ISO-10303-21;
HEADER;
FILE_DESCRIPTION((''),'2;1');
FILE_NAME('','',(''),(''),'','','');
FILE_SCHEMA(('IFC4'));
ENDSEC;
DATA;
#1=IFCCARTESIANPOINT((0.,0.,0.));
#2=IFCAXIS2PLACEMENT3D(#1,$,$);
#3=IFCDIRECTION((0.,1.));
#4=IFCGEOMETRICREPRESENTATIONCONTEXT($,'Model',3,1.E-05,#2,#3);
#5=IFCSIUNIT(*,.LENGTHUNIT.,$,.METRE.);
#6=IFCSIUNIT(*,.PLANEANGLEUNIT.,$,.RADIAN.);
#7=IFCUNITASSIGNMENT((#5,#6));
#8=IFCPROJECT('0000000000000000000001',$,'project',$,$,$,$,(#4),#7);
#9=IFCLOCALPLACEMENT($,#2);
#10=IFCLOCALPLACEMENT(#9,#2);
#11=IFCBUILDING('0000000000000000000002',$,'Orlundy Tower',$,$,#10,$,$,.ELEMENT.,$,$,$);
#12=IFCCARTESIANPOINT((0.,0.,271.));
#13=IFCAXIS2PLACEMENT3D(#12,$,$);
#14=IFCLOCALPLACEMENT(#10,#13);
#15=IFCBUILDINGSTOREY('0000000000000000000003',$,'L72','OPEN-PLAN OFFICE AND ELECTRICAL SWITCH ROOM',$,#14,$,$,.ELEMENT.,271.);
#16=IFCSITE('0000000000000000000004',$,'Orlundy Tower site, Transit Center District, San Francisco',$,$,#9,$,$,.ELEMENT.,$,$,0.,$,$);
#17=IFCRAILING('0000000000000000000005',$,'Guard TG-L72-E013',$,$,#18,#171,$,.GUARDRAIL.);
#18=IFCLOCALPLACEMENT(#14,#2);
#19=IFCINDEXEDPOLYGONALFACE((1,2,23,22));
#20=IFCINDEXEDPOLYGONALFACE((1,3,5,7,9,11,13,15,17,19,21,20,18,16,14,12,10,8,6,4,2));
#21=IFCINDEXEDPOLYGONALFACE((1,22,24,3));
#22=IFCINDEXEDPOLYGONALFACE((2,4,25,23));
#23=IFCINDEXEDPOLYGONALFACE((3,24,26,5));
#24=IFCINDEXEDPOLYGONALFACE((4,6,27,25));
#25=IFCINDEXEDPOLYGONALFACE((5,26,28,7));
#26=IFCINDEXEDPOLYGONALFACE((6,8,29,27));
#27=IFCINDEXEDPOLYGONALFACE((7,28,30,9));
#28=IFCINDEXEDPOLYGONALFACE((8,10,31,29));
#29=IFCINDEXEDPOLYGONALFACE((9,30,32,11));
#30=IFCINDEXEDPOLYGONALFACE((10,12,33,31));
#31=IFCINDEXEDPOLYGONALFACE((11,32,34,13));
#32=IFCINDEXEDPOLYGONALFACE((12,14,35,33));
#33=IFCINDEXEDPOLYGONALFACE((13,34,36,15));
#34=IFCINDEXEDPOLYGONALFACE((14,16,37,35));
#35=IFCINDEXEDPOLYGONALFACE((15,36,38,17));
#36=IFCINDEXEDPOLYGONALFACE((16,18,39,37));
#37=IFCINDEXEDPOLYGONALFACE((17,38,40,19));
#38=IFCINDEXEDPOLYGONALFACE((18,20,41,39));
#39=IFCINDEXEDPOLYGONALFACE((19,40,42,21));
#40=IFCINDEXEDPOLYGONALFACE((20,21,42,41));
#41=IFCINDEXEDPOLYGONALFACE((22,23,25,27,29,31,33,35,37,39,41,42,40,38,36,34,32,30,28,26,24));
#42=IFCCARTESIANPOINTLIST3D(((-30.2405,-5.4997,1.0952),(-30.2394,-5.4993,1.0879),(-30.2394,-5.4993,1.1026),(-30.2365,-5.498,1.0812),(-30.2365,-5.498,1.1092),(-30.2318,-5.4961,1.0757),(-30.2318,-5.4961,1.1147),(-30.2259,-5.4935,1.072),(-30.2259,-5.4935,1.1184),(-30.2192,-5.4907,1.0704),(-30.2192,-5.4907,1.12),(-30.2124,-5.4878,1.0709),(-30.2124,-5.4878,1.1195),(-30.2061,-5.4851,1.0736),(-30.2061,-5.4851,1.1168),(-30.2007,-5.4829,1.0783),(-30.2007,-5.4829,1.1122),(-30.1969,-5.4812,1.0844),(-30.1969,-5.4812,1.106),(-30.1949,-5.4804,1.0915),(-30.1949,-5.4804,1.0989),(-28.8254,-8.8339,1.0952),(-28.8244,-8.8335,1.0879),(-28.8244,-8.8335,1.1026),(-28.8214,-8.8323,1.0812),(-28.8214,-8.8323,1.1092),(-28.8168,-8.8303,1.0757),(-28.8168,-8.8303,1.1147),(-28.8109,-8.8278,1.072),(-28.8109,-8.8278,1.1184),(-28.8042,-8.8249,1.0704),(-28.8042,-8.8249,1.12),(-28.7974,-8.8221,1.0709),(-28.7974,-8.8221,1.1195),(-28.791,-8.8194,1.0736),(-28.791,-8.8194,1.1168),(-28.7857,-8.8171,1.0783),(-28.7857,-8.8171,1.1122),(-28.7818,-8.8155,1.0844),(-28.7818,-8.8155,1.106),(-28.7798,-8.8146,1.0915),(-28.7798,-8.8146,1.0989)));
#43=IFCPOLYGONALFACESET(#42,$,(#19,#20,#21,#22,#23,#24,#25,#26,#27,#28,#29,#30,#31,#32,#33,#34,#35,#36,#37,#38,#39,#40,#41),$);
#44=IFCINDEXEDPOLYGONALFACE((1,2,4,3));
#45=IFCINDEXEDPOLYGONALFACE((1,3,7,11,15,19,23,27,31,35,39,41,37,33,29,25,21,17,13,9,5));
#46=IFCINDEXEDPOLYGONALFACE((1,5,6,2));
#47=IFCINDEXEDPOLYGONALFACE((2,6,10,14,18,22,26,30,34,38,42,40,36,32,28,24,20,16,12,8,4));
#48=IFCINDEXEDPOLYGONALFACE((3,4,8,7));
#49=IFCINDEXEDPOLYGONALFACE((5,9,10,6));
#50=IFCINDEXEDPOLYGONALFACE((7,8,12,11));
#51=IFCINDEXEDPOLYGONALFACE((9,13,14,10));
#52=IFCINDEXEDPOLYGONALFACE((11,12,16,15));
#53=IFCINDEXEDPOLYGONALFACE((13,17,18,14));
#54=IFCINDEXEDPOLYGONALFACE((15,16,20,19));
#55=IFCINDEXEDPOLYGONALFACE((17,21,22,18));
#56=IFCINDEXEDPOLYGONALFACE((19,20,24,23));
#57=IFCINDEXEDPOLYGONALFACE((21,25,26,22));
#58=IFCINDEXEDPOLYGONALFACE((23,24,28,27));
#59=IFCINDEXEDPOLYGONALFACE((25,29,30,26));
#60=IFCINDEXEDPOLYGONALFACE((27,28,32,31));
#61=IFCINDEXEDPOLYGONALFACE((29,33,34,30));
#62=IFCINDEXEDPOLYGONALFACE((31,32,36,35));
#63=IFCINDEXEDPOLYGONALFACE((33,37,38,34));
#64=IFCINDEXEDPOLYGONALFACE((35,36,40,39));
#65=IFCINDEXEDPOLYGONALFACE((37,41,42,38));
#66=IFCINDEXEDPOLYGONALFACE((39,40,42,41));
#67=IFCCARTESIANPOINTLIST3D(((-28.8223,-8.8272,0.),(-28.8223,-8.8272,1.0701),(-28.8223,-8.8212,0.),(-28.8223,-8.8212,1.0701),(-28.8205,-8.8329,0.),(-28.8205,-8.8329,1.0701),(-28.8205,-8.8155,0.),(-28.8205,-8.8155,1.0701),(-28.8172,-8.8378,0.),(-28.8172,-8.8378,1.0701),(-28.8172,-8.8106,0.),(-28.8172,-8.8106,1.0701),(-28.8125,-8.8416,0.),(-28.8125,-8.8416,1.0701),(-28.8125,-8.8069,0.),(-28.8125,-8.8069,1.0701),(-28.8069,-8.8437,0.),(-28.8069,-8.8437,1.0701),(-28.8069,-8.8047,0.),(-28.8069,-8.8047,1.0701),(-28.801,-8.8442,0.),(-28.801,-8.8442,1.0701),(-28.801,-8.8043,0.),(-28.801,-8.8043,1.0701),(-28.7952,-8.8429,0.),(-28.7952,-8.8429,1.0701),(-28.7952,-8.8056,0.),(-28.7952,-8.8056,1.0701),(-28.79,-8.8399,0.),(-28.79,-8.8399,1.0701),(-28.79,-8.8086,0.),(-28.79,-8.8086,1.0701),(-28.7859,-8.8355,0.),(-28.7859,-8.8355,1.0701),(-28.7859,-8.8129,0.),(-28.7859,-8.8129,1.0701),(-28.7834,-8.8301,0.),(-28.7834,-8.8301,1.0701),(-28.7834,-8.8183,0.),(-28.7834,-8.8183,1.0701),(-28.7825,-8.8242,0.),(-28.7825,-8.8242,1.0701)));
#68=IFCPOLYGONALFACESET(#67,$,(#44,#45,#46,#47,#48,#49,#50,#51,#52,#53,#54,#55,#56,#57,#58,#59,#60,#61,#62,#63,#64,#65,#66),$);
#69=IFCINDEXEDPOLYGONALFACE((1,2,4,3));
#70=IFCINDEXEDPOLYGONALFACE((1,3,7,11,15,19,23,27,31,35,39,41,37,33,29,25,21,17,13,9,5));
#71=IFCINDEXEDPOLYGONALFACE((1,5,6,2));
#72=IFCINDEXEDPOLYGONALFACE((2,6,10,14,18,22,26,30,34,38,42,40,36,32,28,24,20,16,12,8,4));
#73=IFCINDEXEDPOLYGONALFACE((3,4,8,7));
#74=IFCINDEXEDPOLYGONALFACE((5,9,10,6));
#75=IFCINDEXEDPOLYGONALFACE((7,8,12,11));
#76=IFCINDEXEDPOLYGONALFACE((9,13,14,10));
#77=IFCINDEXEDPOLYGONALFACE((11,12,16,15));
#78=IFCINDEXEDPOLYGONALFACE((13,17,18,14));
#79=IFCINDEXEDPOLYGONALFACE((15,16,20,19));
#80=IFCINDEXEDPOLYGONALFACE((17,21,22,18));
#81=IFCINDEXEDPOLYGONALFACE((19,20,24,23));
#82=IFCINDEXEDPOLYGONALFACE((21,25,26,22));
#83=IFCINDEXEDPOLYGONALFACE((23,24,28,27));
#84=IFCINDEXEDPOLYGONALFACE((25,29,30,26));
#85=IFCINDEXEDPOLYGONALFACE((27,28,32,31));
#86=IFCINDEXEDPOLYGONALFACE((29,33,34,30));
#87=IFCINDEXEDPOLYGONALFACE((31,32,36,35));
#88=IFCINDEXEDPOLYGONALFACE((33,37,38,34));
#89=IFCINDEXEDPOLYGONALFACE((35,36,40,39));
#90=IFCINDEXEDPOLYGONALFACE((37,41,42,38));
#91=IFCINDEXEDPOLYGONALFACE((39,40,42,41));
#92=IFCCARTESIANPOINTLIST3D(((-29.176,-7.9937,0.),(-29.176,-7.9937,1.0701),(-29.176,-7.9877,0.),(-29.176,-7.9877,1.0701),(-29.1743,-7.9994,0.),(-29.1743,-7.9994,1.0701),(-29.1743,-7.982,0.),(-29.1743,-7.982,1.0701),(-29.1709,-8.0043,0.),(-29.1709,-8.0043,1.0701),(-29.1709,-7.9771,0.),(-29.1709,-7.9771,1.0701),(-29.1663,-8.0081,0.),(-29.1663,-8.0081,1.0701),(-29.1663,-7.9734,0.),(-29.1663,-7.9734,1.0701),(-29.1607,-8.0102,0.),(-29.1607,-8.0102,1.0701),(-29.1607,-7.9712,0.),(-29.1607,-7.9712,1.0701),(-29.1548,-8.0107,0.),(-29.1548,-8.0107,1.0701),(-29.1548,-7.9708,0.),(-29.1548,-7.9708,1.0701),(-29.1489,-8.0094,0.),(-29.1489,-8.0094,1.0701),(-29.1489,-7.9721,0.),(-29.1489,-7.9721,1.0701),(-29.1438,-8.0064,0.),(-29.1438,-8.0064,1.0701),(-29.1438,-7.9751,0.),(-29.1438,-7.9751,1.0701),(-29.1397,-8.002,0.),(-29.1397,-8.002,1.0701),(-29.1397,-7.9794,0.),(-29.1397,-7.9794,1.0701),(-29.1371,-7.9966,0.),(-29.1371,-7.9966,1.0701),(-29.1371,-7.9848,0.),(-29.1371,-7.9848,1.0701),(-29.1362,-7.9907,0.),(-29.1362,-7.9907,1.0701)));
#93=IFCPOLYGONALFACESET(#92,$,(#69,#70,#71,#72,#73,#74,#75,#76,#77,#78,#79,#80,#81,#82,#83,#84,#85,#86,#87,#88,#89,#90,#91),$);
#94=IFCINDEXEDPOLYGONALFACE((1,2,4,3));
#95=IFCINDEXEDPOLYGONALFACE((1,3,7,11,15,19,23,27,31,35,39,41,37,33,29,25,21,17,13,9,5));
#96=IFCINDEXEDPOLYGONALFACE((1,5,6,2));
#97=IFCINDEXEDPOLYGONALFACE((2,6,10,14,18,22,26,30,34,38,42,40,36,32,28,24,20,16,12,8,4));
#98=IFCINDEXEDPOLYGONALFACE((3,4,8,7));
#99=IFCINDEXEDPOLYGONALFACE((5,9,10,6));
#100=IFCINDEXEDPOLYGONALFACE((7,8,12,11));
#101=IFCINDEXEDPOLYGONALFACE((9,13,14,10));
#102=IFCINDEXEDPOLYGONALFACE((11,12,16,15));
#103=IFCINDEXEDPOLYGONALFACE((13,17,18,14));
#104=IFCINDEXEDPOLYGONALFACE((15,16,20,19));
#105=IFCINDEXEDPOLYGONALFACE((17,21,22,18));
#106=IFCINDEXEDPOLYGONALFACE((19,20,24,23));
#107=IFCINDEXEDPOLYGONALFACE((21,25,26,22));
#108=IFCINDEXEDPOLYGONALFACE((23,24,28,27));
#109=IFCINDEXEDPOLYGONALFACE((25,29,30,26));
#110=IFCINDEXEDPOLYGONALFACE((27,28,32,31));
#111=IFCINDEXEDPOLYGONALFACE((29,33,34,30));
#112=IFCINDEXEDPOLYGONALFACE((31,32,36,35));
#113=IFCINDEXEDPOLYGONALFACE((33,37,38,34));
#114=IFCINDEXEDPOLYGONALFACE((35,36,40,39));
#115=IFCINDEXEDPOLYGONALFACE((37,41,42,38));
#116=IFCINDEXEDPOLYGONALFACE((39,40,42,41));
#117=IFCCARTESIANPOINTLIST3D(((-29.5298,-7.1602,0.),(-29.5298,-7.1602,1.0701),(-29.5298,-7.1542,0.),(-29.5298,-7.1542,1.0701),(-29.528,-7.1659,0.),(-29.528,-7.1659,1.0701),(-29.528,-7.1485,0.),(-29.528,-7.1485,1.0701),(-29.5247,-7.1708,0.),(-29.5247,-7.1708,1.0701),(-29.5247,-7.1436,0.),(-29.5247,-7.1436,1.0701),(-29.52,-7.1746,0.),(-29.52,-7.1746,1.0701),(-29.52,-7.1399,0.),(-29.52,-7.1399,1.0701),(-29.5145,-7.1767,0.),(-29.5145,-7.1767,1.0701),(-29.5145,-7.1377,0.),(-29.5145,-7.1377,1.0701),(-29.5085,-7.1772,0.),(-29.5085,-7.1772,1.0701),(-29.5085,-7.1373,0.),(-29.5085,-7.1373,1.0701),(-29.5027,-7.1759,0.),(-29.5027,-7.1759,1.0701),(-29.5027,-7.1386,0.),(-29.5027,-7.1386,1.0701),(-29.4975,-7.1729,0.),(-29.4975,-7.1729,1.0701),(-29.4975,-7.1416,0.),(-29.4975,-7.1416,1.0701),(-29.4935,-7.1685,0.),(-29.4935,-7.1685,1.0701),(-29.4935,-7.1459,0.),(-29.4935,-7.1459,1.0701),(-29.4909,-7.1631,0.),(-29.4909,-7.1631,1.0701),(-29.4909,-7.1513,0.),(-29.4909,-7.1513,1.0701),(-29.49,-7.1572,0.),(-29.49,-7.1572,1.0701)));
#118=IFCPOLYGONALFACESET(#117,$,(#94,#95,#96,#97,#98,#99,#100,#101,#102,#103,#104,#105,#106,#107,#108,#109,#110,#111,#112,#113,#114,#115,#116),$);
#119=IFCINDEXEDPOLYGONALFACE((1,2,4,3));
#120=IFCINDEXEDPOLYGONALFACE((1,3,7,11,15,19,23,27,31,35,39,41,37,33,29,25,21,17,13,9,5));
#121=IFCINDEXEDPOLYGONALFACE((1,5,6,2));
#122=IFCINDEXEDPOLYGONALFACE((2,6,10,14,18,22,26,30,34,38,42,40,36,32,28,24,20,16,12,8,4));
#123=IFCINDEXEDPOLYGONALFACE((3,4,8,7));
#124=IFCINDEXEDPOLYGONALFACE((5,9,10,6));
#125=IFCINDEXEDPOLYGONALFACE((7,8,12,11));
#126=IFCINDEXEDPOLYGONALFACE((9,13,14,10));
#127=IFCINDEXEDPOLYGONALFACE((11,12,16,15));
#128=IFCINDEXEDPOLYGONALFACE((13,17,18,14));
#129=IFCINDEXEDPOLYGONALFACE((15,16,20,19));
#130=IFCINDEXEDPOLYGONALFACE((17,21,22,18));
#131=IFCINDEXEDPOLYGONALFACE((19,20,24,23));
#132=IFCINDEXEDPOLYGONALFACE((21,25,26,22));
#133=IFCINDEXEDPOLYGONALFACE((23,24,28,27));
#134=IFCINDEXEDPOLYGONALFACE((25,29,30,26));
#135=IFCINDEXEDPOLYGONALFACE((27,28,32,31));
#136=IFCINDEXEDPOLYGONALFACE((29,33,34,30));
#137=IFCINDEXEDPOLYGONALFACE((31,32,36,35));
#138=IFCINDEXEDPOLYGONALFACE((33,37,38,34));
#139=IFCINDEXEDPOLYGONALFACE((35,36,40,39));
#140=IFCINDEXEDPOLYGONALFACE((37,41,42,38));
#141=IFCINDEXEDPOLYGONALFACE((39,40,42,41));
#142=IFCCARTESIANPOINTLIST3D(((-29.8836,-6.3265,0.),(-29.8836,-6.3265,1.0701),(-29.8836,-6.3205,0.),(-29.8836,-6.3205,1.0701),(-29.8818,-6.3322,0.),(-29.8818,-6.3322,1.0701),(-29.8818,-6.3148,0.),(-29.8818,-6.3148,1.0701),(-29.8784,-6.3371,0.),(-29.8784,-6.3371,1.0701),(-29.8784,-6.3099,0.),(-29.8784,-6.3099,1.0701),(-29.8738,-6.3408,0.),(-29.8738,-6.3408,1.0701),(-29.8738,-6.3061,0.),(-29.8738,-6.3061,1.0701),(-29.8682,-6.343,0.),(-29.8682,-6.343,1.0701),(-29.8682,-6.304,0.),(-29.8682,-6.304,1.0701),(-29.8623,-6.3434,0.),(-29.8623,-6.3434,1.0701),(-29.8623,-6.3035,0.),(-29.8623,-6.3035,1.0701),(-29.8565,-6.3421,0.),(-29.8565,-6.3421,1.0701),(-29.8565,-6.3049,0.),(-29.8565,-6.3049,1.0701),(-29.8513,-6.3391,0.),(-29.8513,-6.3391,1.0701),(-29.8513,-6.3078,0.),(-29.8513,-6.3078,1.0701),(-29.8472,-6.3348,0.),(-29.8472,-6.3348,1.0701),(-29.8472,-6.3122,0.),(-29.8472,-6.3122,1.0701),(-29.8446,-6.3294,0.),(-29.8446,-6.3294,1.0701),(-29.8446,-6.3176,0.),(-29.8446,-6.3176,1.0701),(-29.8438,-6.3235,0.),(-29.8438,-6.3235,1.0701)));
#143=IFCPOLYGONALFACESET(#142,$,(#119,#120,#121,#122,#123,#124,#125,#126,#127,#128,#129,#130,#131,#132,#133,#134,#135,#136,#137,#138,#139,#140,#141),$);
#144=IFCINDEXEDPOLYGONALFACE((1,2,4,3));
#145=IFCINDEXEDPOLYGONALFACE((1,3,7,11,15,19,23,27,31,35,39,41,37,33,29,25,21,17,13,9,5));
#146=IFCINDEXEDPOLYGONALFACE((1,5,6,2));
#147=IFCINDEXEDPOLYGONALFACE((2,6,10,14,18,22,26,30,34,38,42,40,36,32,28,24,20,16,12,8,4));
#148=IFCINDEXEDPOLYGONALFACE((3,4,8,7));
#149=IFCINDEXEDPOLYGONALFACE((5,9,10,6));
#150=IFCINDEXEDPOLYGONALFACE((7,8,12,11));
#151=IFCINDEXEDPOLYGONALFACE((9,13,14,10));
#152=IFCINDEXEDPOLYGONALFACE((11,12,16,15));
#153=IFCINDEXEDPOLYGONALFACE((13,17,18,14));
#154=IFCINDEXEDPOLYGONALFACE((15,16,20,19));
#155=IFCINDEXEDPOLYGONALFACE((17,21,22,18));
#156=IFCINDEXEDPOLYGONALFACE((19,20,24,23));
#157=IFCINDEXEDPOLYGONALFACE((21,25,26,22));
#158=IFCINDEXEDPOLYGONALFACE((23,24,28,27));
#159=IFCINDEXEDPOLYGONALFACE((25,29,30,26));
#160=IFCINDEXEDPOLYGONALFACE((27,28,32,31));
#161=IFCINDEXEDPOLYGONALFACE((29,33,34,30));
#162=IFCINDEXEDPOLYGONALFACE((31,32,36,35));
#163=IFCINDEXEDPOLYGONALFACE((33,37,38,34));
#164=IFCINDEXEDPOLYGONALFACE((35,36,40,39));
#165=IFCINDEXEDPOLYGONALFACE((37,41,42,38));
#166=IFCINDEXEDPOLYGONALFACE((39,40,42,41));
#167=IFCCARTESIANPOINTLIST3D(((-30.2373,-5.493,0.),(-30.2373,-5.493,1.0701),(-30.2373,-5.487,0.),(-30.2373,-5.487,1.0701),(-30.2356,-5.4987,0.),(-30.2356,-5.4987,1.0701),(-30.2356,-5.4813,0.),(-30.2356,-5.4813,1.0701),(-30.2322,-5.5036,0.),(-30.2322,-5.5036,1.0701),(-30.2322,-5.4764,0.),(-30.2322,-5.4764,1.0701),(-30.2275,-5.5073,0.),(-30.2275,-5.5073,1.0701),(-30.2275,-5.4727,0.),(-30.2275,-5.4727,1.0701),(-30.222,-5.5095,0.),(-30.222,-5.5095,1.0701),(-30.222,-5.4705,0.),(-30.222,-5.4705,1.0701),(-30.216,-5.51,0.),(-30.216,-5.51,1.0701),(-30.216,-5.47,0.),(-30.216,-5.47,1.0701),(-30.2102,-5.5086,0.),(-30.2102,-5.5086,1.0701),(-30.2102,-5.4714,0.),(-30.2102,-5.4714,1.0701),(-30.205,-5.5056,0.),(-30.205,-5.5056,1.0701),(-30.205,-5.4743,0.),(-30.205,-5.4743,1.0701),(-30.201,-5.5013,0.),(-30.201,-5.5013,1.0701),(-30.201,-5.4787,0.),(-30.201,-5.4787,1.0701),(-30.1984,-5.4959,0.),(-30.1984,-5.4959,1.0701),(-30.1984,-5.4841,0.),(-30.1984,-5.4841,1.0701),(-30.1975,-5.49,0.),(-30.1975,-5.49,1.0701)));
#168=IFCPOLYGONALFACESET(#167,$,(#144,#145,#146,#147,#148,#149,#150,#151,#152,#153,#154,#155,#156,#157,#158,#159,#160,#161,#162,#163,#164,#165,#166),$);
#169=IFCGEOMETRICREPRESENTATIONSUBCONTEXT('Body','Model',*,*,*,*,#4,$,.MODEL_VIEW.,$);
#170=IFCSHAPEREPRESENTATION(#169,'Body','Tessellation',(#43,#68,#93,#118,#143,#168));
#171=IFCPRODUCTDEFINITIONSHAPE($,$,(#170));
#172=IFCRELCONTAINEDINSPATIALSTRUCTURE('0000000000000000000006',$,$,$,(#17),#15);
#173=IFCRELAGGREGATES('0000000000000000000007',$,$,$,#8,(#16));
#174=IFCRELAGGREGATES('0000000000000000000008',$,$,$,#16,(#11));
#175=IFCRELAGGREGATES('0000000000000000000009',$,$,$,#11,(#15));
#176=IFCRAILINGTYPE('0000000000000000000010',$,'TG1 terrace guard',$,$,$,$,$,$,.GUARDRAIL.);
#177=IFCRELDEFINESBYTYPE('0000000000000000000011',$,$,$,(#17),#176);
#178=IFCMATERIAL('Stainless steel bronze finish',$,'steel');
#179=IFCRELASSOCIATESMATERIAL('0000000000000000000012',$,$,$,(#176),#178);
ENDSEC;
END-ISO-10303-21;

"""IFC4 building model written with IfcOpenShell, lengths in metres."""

from ifc_helpers import new_model, si_unit, direction, frame, origin, origin_2d, place, context, subcontext, project, spatial, circle, extrude, material, type_object, element, save


model = new_model("IFC4")

# Units and contexts
model_context = context("Model", 3, precision=1e-05, world=origin(), true_north=direction((0.0, 1.0)))
body_context = subcontext(model_context, "Body", "Model", "MODEL_VIEW")
ifc_project = project(units=[si_unit("LENGTHUNIT", "METRE"), si_unit("PLANEANGLEUNIT", "RADIAN")], contexts=[model_context])

# Site, building, storey
site_placement = place(None, origin())
site = spatial("IfcSite", under=ifc_project, at=site_placement, Name="Orlundy Tower site, Transit Center District, San Francisco", CompositionType="ELEMENT", RefElevation=0.0)
building_placement = place(site_placement, origin())
building = spatial("IfcBuilding", under=site, at=building_placement, Name="Orlundy Tower", CompositionType="ELEMENT")
storey_placement = place(building_placement, frame((0.0, 0.0, 271.0)))
storey = spatial("IfcBuildingStorey", under=building, at=storey_placement, Name="L72", Description="OPEN-PLAN OFFICE AND ELECTRICAL SWITCH ROOM", CompositionType="ELEMENT", Elevation=271.0)

# Railing
ifc_material_1 = material(Name="Stainless steel bronze finish", Category="steel")
railing_type_1 = type_object("IfcRailingType", Name="TG1 terrace guard", PredefinedType="GUARDRAIL", material=ifc_material_1)
railing_1_placement = place(storey_placement, frame((-28.8025, -8.8242, 0.0)))
element("IfcRailing", 1, at=railing_1_placement, inside=storey, type_object=railing_type_1, Name="Guard TG-L72-E013", PredefinedType="GUARDRAIL", context=body_context, shape_type="SweptSolid", body=[
    extrude(circle(Radius=0.0249, at=origin_2d()), frame((0.0, 0.0, 1.0952), z_axis=(-0.390671, 0.92053, 0.0), x_axis=(-0.92053, -0.390671, 0.0)), (0.0, 0.0, 1.0), 3.6221),
    extrude(circle(Radius=0.02, at=origin_2d()), origin(), (0.0, 0.0, 1.0), 1.0701),
    extrude(circle(Radius=0.02, at=origin_2d()), frame((-0.3538, 0.8335, 0.0)), (0.0, 0.0, 1.0), 1.0701),
    extrude(circle(Radius=0.02, at=origin_2d()), frame((-0.7075, 1.667, 0.0)), (0.0, 0.0, 1.0), 1.0701),
    extrude(circle(Radius=0.02, at=origin_2d()), frame((-1.0613, 2.5007, 0.0)), (0.0, 0.0, 1.0), 1.0701),
    extrude(circle(Radius=0.02, at=origin_2d()), frame((-1.415, 3.3342, 0.0)), (0.0, 0.0, 1.0), 1.0701),
])

save(model, "model.ifc")
